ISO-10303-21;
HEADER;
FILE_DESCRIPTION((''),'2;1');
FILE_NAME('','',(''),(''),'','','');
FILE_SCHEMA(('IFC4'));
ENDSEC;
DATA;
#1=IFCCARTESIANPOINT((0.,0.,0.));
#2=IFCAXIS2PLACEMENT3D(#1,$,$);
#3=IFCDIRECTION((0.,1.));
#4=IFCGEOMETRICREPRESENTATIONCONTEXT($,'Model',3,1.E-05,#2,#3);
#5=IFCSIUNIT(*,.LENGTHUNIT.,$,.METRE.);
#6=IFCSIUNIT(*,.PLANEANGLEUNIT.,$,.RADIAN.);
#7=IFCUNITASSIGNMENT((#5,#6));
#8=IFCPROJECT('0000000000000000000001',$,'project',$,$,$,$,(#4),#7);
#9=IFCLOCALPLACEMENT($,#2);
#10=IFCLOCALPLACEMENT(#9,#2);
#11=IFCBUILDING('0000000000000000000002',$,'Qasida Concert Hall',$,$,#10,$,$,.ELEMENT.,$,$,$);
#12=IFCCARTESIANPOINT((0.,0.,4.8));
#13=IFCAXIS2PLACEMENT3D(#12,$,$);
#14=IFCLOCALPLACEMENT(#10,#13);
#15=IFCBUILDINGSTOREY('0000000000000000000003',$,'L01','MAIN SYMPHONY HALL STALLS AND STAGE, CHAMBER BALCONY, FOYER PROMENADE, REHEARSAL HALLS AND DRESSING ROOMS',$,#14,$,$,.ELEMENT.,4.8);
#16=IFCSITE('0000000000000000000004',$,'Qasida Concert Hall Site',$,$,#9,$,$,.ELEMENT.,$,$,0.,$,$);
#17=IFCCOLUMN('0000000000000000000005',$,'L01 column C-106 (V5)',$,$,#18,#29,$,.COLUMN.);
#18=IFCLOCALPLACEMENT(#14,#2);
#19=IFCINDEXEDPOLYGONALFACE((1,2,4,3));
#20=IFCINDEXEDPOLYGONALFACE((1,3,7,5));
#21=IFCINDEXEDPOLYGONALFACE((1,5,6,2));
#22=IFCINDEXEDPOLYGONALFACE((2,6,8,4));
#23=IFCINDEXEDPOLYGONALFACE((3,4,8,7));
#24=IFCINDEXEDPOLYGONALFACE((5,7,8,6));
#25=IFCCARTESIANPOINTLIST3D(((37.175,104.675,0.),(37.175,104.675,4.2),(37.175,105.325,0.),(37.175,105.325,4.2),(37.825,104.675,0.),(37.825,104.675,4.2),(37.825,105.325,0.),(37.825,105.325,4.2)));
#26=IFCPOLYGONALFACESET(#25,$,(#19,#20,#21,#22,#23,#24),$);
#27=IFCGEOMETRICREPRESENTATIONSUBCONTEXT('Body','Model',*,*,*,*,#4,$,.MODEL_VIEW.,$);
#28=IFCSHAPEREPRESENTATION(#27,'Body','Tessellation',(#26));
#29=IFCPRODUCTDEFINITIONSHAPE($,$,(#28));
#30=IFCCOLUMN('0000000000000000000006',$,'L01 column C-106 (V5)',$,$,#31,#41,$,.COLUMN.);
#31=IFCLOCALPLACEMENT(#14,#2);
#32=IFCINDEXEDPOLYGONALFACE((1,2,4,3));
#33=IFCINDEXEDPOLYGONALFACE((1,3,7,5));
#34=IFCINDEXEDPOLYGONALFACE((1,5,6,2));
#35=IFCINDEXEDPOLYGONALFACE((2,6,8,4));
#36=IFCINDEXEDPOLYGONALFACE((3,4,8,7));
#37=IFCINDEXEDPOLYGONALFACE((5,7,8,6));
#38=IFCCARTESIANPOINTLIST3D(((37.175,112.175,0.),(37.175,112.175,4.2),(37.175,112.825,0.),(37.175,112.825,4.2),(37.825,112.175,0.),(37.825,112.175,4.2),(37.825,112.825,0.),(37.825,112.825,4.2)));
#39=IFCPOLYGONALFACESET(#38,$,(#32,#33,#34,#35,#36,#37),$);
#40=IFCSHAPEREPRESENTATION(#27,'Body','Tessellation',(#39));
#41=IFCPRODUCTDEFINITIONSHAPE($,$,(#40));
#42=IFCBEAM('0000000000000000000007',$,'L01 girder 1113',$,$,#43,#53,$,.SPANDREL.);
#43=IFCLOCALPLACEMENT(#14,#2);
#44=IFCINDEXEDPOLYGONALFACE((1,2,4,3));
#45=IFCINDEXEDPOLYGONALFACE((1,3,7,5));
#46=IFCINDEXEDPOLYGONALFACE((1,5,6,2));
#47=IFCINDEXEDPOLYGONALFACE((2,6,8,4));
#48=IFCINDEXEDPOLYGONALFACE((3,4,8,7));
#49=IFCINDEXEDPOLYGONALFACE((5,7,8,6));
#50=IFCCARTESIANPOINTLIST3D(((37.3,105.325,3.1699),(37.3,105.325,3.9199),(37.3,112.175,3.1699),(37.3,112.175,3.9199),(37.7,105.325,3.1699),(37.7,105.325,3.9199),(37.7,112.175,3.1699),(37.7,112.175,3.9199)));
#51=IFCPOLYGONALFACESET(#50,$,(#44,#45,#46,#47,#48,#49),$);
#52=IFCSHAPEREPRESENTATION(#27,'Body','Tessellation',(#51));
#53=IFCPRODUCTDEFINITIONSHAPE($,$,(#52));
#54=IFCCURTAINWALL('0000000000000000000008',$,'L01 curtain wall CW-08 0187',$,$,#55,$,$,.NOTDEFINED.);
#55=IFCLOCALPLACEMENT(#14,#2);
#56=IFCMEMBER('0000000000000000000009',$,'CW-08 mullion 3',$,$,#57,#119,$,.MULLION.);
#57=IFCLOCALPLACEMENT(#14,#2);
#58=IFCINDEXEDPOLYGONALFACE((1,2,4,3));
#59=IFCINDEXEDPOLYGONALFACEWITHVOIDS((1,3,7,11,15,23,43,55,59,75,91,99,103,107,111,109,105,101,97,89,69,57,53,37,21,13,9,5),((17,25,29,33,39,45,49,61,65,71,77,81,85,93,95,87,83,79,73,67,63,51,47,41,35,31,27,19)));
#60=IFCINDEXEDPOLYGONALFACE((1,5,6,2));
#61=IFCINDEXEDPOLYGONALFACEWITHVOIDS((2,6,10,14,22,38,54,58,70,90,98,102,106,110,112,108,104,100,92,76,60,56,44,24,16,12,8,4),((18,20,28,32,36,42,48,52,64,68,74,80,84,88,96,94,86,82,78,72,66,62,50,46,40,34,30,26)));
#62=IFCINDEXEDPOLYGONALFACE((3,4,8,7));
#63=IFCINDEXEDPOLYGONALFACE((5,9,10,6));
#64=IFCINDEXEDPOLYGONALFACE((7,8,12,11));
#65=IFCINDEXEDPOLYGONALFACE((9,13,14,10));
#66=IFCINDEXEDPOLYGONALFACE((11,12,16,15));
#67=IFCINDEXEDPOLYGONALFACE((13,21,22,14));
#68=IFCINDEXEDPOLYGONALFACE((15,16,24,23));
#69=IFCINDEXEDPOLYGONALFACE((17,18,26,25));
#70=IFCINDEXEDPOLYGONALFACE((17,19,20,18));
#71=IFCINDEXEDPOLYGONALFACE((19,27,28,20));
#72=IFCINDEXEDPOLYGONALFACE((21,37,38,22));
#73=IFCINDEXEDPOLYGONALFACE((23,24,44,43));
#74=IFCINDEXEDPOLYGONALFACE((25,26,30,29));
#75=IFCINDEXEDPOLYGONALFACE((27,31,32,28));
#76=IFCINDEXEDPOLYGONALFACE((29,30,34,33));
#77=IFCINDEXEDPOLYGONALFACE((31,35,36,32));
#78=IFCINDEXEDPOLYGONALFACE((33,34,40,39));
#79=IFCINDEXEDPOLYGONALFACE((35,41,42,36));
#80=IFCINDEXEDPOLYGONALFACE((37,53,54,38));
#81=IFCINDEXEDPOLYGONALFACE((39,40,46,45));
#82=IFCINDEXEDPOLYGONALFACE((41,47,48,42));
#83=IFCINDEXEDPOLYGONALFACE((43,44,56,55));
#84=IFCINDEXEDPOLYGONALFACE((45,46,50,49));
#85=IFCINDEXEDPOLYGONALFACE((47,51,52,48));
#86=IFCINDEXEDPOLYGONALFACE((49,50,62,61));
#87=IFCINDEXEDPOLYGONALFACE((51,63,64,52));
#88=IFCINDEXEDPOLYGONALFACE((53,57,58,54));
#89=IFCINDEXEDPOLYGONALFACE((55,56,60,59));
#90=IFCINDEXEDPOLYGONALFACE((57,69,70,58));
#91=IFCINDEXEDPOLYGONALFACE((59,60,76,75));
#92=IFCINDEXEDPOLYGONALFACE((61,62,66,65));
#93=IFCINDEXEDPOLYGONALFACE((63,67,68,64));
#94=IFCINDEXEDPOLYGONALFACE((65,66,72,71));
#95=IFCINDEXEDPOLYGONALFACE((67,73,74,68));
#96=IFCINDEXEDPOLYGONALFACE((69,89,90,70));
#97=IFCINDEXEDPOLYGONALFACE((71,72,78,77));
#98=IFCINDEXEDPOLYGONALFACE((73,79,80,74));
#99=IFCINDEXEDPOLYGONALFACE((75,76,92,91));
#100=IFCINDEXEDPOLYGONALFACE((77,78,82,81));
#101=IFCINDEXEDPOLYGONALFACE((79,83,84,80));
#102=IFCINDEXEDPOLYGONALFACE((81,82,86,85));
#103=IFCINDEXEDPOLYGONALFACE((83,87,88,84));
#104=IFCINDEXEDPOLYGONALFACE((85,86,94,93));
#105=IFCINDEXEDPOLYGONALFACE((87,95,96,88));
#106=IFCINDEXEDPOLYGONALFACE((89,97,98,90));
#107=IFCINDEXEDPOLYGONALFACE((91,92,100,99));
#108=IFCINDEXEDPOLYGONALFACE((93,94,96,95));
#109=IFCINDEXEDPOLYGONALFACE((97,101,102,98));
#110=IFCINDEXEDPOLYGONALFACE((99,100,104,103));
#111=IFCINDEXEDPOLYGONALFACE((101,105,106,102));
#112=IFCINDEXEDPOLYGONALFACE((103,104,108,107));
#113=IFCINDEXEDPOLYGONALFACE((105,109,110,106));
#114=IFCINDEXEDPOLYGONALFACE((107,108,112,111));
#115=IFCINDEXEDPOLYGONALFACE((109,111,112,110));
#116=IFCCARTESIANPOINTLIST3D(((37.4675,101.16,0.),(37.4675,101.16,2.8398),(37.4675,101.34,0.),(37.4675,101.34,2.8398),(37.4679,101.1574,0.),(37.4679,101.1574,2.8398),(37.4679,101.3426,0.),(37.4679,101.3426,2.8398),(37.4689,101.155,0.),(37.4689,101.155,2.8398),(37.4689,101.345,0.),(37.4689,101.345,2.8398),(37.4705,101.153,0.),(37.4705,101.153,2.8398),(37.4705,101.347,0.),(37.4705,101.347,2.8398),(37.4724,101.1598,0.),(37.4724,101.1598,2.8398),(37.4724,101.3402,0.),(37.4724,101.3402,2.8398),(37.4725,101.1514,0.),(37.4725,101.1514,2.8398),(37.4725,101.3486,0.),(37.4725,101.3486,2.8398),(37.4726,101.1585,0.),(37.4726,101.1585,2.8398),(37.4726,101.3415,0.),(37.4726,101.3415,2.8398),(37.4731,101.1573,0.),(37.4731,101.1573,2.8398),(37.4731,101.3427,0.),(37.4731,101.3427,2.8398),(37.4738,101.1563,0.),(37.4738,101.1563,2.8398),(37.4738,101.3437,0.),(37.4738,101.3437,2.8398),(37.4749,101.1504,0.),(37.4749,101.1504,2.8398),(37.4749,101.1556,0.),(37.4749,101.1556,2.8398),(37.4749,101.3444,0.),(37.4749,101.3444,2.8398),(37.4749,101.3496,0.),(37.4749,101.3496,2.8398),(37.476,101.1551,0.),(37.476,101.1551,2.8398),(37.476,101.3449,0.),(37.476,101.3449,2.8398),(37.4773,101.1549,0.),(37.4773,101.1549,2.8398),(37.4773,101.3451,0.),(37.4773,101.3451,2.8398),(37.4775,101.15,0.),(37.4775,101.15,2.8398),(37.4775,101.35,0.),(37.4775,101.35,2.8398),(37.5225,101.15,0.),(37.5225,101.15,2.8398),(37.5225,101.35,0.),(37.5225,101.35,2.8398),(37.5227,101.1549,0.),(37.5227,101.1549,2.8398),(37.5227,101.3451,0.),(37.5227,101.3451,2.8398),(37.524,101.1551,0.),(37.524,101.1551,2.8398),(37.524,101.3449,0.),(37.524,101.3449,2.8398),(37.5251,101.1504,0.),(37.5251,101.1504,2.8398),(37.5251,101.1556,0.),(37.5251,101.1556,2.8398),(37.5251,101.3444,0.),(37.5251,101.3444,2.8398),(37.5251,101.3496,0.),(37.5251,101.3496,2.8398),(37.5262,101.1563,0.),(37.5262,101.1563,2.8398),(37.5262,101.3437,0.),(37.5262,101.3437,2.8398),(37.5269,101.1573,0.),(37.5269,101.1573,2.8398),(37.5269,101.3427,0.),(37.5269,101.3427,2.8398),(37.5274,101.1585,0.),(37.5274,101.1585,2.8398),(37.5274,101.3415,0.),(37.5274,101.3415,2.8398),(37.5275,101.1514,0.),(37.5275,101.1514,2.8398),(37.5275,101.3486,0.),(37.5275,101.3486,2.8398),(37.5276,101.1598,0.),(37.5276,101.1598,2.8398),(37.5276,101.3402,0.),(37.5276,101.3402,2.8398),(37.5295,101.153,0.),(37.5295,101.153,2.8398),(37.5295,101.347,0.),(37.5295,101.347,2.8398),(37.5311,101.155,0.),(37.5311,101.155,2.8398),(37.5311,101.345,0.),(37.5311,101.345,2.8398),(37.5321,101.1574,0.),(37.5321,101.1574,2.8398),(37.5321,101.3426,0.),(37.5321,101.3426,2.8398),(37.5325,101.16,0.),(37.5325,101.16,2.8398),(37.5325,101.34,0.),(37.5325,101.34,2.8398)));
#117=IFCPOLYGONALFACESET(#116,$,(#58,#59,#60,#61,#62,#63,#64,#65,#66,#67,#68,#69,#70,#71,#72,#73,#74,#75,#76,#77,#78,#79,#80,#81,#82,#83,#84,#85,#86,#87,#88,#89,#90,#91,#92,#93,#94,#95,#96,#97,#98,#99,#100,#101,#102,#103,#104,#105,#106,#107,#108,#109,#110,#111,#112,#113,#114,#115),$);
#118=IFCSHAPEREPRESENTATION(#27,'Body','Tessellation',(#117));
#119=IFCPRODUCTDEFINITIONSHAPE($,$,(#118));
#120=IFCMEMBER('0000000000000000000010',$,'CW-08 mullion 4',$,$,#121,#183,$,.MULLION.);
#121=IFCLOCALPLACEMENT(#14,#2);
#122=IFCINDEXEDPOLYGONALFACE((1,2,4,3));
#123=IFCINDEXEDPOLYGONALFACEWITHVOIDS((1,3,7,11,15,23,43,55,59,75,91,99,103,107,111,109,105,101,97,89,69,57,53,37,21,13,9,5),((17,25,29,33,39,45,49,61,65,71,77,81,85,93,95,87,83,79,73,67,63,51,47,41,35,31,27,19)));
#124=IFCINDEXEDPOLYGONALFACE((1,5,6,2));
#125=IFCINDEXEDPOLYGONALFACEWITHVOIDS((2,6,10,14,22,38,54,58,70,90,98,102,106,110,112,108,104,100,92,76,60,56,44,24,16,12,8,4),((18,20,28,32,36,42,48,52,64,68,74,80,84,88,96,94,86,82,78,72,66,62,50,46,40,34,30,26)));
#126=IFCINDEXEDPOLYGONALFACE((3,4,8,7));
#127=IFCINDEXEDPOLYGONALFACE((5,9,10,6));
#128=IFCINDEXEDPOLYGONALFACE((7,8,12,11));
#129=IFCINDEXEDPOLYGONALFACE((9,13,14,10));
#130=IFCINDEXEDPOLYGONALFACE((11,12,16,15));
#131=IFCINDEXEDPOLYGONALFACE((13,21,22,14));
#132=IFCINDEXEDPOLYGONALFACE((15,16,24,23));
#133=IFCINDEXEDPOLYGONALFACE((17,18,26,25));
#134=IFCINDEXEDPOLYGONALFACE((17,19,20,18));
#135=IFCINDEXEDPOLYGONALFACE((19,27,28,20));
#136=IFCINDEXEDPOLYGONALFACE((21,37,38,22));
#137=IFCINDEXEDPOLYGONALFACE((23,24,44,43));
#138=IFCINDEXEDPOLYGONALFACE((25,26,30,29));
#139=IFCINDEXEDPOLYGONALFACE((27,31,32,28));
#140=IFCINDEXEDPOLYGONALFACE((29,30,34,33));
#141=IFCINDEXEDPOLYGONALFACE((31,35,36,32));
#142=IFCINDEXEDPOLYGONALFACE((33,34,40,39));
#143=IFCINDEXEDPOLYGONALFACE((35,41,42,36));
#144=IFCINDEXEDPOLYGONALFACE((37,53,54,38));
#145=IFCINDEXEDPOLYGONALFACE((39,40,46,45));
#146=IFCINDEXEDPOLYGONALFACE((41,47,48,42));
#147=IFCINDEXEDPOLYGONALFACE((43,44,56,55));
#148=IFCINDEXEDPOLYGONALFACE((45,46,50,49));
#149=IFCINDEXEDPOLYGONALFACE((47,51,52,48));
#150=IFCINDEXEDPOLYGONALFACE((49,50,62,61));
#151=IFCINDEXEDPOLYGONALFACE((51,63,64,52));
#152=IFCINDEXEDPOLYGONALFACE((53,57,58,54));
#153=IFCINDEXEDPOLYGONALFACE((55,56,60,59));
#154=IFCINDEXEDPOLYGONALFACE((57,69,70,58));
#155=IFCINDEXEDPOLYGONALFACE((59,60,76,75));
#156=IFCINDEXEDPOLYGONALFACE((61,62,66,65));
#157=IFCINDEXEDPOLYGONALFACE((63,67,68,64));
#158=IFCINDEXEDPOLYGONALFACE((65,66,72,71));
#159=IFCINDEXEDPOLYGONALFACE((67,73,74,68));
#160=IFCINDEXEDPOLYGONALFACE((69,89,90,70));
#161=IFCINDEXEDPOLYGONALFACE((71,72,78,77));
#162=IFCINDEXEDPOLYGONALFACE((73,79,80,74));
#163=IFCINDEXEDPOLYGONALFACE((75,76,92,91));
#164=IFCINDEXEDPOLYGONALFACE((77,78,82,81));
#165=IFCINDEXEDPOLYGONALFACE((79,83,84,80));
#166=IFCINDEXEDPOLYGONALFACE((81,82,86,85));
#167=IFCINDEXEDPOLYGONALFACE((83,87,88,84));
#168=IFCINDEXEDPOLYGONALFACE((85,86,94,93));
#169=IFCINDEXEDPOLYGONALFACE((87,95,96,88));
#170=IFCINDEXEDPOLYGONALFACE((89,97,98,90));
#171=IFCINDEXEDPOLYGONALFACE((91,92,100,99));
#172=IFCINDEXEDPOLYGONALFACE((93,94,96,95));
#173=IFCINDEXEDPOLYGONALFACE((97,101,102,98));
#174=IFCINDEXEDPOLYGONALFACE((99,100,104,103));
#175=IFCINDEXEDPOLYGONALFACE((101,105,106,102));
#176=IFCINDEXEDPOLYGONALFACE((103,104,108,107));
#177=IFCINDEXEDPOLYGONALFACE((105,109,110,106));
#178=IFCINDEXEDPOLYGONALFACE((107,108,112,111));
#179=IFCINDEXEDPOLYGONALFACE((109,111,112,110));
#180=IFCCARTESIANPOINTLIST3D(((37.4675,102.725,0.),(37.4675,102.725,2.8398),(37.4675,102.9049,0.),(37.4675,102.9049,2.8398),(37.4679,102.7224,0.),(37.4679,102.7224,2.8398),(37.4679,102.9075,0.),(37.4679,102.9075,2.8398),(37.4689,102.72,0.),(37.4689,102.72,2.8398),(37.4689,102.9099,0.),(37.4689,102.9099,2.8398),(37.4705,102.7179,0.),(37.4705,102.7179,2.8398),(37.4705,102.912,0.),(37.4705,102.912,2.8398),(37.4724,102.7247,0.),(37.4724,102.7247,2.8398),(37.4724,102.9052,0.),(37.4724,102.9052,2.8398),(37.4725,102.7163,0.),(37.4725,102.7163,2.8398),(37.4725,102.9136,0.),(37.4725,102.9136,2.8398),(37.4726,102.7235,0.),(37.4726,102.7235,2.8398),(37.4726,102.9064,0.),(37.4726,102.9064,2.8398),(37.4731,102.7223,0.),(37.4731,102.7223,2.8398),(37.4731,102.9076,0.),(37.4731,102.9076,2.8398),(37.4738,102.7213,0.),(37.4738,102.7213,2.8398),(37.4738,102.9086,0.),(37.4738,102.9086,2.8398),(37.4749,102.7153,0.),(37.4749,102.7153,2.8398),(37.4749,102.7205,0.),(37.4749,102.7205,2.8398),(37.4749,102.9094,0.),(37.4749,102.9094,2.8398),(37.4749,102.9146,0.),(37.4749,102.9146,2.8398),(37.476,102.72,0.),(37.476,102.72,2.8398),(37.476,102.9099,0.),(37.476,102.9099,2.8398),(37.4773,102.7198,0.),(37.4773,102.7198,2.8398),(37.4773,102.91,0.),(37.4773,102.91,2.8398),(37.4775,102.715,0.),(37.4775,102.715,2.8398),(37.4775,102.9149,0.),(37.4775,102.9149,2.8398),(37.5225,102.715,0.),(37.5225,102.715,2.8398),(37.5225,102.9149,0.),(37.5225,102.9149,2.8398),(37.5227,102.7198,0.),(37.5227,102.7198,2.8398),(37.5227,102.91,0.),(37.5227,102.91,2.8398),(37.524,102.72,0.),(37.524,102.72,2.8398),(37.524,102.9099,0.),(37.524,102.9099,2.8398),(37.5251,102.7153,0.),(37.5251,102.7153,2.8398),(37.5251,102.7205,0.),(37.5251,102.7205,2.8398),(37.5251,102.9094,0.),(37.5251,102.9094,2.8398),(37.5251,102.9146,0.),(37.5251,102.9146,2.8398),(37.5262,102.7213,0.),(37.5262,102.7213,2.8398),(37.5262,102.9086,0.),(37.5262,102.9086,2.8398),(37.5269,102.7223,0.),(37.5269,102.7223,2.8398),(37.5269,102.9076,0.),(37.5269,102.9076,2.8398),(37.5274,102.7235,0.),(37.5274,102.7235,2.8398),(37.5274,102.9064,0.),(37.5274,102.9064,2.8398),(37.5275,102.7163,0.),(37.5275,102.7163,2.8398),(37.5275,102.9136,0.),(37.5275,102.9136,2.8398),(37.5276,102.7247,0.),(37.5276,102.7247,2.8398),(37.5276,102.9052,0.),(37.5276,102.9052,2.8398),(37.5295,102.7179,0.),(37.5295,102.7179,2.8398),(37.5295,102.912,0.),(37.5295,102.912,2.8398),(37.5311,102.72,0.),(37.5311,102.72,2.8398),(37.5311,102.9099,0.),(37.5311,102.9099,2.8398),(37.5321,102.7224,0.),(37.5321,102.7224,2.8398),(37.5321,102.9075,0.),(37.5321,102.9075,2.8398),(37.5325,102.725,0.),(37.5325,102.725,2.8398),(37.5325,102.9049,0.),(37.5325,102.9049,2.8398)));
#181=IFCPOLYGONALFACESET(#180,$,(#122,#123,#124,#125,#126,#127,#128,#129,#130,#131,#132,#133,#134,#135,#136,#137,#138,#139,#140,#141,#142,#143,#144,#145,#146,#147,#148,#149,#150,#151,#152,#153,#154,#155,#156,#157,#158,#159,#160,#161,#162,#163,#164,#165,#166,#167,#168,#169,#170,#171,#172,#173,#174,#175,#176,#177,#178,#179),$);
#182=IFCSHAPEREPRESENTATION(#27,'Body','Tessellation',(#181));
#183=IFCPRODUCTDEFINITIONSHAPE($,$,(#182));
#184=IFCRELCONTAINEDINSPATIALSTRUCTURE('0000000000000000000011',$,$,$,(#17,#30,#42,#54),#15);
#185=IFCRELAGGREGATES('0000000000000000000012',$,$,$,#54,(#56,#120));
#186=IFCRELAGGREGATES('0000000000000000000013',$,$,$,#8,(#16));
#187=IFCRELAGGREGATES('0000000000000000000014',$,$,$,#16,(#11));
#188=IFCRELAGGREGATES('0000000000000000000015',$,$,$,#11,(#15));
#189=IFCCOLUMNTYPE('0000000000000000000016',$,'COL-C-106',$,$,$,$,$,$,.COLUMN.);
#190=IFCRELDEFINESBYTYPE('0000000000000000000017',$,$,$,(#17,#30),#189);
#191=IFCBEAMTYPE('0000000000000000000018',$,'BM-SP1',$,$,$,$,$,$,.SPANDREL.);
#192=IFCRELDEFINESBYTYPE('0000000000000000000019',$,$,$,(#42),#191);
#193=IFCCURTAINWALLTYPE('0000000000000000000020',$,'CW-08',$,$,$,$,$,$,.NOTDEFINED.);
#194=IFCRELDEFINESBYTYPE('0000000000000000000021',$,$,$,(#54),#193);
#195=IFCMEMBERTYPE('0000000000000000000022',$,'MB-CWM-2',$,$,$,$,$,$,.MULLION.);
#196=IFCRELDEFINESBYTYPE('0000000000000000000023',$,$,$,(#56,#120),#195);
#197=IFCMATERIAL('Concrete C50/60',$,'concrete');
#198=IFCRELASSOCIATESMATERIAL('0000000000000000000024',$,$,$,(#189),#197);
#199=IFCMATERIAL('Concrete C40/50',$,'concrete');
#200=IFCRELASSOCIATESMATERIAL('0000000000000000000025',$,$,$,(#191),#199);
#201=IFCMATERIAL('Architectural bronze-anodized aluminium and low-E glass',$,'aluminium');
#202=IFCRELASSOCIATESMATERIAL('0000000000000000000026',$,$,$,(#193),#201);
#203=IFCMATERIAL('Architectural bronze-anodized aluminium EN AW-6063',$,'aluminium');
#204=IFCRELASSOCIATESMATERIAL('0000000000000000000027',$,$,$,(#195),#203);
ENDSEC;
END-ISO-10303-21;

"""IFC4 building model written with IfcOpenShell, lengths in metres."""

from ifc_helpers import new_model, si_unit, direction, frame, origin, origin_2d, place, context, subcontext, project, spatial, rectangle, hollow_rectangle, extrude, material, material_profile, profile_set, type_object, element, aggregate, save


model = new_model("IFC4")

# Units and contexts
model_context = context("Model", 3, precision=1e-05, world=origin(), true_north=direction((0.0, 1.0)))
body_context = subcontext(model_context, "Body", "Model", "MODEL_VIEW")
ifc_project = project(units=[si_unit("LENGTHUNIT", "METRE"), si_unit("PLANEANGLEUNIT", "RADIAN")], contexts=[model_context])

# Site, building, storey
site_placement = place(None, origin())
site = spatial("IfcSite", under=ifc_project, at=site_placement, Name="Qasida Concert Hall Site", CompositionType="ELEMENT", RefElevation=0.0)
building_placement = place(site_placement, origin())
building = spatial("IfcBuilding", under=site, at=building_placement, Name="Qasida Concert Hall", CompositionType="ELEMENT")
storey_placement = place(building_placement, frame((0.0, 0.0, 4.8)))
storey = spatial("IfcBuildingStorey", under=building, at=storey_placement, Name="L01", Description="MAIN SYMPHONY HALL STALLS AND STAGE, CHAMBER BALCONY, FOYER PROMENADE, REHEARSAL HALLS AND DRESSING ROOMS", CompositionType="ELEMENT", Elevation=4.8)

# Columns
ifc_material_1 = material(Name="Concrete C50/60", Category="concrete")
ifc_material_profile_1 = material_profile(ifc_material_1, rectangle(XDim=0.6499, YDim=0.6499, at=origin_2d()), Name="RC 650x650")
ifc_profile_set_1 = profile_set([ifc_material_profile_1], Name="Concrete C50/60")
column_type = type_object("IfcColumnType", Name="COL-C-106", PredefinedType="COLUMN", material=ifc_profile_set_1)
for number, where, z_axis, x_axis, name in (
    (1, (37.5, 105.0, 0.0), (0.0, 0.0, 1.0), (1.0, 0.0, 0.0), "L01 column C-106 (V5)"),
    (2, (37.5, 112.5, 0.0), (0.0, 0.0, 1.0), (1.0, 0.0, 0.0), "L01 column C-106 (V5)"),
):
    element("IfcColumn", number, at=place(storey_placement, frame(where, z_axis=z_axis, x_axis=x_axis)), inside=storey, type_object=column_type, Name=name, PredefinedType="COLUMN", context=body_context, shape_type="SweptSolid", body=[
        extrude(rectangle(XDim=0.6499, YDim=0.6499, at=origin_2d()), origin(), (0.0, 0.0, 1.0), 4.2),
    ])

# Beam
ifc_material_2 = material(Name="Concrete C40/50", Category="concrete")
ifc_material_profile_2 = material_profile(ifc_material_2, rectangle(XDim=0.3999, YDim=0.75, at=origin_2d()), Name="RC 400x750")
ifc_profile_set_2 = profile_set([ifc_material_profile_2], Name="Concrete C40/50")
beam_type = type_object("IfcBeamType", Name="BM-SP1", PredefinedType="SPANDREL", material=ifc_profile_set_2)
beam_placement = place(storey_placement, frame((37.5, 105.325, 3.5449), z_axis=(0.0, 1.0, 0.0), x_axis=(-1.0, 0.0, 0.0)))
element("IfcBeam", 3, at=beam_placement, inside=storey, type_object=beam_type, Name="L01 girder 1113", PredefinedType="SPANDREL", context=body_context, shape_type="SweptSolid", body=[
    extrude(rectangle(XDim=0.3999, YDim=0.75, at=origin_2d()), origin(), (0.0, 0.0, 1.0), 6.8501),
])

# Curtain wall, members
ifc_material_3 = material(Name="Architectural bronze-anodized aluminium and low-E glass", Category="aluminium")
curtain_wall_type = type_object("IfcCurtainWallType", Name="CW-08", PredefinedType="NOTDEFINED", material=ifc_material_3)
curtain_wall_placement = place(storey_placement, origin())
curtain_wall = element("IfcCurtainWall", 4, at=curtain_wall_placement, inside=storey, type_object=curtain_wall_type, Name="L01 curtain wall CW-08 0187", PredefinedType="NOTDEFINED")
ifc_material_4 = material(Name="Architectural bronze-anodized aluminium EN AW-6063", Category="aluminium")
ifc_material_profile_3 = material_profile(ifc_material_4, hollow_rectangle(XDim=0.0649, YDim=0.2, WallThickness=0.0049, InnerFilletRadius=0.0049, OuterFilletRadius=0.01, at=origin_2d()), Name="CWM 200x65x5")
ifc_profile_set_3 = profile_set([ifc_material_profile_3], Name="Architectural bronze-anodized aluminium EN AW-6063")
member_type_1 = type_object("IfcMemberType", Name="MB-CWM-2", PredefinedType="MULLION", material=ifc_profile_set_3)
member_1_placement = place(storey_placement, frame((37.5, 101.25, 0.0), z_axis=(0.0, 0.0, 1.0), x_axis=(-1.0, 0.0, 0.0)))
member_1 = element("IfcMember", 5, at=member_1_placement, type_object=member_type_1, Name="CW-08 mullion 3", PredefinedType="MULLION", context=body_context, shape_type="SweptSolid", body=[
    extrude(hollow_rectangle(XDim=0.0649, YDim=0.2, WallThickness=0.0049, InnerFilletRadius=0.0049, OuterFilletRadius=0.01, at=origin_2d()), origin(), (0.0, 0.0, 1.0), 2.8398),
])
member_2_placement = place(storey_placement, frame((37.5, 102.8149, 0.0), z_axis=(0.0, 0.0, 1.0), x_axis=(-1.0, 0.0, 0.0)))
member_2 = element("IfcMember", 6, at=member_2_placement, type_object=member_type_1, Name="CW-08 mullion 4", PredefinedType="MULLION", context=body_context, shape_type="SweptSolid", body=[
    extrude(hollow_rectangle(XDim=0.0649, YDim=0.2, WallThickness=0.0049, InnerFilletRadius=0.0049, OuterFilletRadius=0.01, at=origin_2d()), origin(), (0.0, 0.0, 1.0), 2.8398),
])
aggregate(curtain_wall, [member_1, member_2])

save(model, "model.ifc")
